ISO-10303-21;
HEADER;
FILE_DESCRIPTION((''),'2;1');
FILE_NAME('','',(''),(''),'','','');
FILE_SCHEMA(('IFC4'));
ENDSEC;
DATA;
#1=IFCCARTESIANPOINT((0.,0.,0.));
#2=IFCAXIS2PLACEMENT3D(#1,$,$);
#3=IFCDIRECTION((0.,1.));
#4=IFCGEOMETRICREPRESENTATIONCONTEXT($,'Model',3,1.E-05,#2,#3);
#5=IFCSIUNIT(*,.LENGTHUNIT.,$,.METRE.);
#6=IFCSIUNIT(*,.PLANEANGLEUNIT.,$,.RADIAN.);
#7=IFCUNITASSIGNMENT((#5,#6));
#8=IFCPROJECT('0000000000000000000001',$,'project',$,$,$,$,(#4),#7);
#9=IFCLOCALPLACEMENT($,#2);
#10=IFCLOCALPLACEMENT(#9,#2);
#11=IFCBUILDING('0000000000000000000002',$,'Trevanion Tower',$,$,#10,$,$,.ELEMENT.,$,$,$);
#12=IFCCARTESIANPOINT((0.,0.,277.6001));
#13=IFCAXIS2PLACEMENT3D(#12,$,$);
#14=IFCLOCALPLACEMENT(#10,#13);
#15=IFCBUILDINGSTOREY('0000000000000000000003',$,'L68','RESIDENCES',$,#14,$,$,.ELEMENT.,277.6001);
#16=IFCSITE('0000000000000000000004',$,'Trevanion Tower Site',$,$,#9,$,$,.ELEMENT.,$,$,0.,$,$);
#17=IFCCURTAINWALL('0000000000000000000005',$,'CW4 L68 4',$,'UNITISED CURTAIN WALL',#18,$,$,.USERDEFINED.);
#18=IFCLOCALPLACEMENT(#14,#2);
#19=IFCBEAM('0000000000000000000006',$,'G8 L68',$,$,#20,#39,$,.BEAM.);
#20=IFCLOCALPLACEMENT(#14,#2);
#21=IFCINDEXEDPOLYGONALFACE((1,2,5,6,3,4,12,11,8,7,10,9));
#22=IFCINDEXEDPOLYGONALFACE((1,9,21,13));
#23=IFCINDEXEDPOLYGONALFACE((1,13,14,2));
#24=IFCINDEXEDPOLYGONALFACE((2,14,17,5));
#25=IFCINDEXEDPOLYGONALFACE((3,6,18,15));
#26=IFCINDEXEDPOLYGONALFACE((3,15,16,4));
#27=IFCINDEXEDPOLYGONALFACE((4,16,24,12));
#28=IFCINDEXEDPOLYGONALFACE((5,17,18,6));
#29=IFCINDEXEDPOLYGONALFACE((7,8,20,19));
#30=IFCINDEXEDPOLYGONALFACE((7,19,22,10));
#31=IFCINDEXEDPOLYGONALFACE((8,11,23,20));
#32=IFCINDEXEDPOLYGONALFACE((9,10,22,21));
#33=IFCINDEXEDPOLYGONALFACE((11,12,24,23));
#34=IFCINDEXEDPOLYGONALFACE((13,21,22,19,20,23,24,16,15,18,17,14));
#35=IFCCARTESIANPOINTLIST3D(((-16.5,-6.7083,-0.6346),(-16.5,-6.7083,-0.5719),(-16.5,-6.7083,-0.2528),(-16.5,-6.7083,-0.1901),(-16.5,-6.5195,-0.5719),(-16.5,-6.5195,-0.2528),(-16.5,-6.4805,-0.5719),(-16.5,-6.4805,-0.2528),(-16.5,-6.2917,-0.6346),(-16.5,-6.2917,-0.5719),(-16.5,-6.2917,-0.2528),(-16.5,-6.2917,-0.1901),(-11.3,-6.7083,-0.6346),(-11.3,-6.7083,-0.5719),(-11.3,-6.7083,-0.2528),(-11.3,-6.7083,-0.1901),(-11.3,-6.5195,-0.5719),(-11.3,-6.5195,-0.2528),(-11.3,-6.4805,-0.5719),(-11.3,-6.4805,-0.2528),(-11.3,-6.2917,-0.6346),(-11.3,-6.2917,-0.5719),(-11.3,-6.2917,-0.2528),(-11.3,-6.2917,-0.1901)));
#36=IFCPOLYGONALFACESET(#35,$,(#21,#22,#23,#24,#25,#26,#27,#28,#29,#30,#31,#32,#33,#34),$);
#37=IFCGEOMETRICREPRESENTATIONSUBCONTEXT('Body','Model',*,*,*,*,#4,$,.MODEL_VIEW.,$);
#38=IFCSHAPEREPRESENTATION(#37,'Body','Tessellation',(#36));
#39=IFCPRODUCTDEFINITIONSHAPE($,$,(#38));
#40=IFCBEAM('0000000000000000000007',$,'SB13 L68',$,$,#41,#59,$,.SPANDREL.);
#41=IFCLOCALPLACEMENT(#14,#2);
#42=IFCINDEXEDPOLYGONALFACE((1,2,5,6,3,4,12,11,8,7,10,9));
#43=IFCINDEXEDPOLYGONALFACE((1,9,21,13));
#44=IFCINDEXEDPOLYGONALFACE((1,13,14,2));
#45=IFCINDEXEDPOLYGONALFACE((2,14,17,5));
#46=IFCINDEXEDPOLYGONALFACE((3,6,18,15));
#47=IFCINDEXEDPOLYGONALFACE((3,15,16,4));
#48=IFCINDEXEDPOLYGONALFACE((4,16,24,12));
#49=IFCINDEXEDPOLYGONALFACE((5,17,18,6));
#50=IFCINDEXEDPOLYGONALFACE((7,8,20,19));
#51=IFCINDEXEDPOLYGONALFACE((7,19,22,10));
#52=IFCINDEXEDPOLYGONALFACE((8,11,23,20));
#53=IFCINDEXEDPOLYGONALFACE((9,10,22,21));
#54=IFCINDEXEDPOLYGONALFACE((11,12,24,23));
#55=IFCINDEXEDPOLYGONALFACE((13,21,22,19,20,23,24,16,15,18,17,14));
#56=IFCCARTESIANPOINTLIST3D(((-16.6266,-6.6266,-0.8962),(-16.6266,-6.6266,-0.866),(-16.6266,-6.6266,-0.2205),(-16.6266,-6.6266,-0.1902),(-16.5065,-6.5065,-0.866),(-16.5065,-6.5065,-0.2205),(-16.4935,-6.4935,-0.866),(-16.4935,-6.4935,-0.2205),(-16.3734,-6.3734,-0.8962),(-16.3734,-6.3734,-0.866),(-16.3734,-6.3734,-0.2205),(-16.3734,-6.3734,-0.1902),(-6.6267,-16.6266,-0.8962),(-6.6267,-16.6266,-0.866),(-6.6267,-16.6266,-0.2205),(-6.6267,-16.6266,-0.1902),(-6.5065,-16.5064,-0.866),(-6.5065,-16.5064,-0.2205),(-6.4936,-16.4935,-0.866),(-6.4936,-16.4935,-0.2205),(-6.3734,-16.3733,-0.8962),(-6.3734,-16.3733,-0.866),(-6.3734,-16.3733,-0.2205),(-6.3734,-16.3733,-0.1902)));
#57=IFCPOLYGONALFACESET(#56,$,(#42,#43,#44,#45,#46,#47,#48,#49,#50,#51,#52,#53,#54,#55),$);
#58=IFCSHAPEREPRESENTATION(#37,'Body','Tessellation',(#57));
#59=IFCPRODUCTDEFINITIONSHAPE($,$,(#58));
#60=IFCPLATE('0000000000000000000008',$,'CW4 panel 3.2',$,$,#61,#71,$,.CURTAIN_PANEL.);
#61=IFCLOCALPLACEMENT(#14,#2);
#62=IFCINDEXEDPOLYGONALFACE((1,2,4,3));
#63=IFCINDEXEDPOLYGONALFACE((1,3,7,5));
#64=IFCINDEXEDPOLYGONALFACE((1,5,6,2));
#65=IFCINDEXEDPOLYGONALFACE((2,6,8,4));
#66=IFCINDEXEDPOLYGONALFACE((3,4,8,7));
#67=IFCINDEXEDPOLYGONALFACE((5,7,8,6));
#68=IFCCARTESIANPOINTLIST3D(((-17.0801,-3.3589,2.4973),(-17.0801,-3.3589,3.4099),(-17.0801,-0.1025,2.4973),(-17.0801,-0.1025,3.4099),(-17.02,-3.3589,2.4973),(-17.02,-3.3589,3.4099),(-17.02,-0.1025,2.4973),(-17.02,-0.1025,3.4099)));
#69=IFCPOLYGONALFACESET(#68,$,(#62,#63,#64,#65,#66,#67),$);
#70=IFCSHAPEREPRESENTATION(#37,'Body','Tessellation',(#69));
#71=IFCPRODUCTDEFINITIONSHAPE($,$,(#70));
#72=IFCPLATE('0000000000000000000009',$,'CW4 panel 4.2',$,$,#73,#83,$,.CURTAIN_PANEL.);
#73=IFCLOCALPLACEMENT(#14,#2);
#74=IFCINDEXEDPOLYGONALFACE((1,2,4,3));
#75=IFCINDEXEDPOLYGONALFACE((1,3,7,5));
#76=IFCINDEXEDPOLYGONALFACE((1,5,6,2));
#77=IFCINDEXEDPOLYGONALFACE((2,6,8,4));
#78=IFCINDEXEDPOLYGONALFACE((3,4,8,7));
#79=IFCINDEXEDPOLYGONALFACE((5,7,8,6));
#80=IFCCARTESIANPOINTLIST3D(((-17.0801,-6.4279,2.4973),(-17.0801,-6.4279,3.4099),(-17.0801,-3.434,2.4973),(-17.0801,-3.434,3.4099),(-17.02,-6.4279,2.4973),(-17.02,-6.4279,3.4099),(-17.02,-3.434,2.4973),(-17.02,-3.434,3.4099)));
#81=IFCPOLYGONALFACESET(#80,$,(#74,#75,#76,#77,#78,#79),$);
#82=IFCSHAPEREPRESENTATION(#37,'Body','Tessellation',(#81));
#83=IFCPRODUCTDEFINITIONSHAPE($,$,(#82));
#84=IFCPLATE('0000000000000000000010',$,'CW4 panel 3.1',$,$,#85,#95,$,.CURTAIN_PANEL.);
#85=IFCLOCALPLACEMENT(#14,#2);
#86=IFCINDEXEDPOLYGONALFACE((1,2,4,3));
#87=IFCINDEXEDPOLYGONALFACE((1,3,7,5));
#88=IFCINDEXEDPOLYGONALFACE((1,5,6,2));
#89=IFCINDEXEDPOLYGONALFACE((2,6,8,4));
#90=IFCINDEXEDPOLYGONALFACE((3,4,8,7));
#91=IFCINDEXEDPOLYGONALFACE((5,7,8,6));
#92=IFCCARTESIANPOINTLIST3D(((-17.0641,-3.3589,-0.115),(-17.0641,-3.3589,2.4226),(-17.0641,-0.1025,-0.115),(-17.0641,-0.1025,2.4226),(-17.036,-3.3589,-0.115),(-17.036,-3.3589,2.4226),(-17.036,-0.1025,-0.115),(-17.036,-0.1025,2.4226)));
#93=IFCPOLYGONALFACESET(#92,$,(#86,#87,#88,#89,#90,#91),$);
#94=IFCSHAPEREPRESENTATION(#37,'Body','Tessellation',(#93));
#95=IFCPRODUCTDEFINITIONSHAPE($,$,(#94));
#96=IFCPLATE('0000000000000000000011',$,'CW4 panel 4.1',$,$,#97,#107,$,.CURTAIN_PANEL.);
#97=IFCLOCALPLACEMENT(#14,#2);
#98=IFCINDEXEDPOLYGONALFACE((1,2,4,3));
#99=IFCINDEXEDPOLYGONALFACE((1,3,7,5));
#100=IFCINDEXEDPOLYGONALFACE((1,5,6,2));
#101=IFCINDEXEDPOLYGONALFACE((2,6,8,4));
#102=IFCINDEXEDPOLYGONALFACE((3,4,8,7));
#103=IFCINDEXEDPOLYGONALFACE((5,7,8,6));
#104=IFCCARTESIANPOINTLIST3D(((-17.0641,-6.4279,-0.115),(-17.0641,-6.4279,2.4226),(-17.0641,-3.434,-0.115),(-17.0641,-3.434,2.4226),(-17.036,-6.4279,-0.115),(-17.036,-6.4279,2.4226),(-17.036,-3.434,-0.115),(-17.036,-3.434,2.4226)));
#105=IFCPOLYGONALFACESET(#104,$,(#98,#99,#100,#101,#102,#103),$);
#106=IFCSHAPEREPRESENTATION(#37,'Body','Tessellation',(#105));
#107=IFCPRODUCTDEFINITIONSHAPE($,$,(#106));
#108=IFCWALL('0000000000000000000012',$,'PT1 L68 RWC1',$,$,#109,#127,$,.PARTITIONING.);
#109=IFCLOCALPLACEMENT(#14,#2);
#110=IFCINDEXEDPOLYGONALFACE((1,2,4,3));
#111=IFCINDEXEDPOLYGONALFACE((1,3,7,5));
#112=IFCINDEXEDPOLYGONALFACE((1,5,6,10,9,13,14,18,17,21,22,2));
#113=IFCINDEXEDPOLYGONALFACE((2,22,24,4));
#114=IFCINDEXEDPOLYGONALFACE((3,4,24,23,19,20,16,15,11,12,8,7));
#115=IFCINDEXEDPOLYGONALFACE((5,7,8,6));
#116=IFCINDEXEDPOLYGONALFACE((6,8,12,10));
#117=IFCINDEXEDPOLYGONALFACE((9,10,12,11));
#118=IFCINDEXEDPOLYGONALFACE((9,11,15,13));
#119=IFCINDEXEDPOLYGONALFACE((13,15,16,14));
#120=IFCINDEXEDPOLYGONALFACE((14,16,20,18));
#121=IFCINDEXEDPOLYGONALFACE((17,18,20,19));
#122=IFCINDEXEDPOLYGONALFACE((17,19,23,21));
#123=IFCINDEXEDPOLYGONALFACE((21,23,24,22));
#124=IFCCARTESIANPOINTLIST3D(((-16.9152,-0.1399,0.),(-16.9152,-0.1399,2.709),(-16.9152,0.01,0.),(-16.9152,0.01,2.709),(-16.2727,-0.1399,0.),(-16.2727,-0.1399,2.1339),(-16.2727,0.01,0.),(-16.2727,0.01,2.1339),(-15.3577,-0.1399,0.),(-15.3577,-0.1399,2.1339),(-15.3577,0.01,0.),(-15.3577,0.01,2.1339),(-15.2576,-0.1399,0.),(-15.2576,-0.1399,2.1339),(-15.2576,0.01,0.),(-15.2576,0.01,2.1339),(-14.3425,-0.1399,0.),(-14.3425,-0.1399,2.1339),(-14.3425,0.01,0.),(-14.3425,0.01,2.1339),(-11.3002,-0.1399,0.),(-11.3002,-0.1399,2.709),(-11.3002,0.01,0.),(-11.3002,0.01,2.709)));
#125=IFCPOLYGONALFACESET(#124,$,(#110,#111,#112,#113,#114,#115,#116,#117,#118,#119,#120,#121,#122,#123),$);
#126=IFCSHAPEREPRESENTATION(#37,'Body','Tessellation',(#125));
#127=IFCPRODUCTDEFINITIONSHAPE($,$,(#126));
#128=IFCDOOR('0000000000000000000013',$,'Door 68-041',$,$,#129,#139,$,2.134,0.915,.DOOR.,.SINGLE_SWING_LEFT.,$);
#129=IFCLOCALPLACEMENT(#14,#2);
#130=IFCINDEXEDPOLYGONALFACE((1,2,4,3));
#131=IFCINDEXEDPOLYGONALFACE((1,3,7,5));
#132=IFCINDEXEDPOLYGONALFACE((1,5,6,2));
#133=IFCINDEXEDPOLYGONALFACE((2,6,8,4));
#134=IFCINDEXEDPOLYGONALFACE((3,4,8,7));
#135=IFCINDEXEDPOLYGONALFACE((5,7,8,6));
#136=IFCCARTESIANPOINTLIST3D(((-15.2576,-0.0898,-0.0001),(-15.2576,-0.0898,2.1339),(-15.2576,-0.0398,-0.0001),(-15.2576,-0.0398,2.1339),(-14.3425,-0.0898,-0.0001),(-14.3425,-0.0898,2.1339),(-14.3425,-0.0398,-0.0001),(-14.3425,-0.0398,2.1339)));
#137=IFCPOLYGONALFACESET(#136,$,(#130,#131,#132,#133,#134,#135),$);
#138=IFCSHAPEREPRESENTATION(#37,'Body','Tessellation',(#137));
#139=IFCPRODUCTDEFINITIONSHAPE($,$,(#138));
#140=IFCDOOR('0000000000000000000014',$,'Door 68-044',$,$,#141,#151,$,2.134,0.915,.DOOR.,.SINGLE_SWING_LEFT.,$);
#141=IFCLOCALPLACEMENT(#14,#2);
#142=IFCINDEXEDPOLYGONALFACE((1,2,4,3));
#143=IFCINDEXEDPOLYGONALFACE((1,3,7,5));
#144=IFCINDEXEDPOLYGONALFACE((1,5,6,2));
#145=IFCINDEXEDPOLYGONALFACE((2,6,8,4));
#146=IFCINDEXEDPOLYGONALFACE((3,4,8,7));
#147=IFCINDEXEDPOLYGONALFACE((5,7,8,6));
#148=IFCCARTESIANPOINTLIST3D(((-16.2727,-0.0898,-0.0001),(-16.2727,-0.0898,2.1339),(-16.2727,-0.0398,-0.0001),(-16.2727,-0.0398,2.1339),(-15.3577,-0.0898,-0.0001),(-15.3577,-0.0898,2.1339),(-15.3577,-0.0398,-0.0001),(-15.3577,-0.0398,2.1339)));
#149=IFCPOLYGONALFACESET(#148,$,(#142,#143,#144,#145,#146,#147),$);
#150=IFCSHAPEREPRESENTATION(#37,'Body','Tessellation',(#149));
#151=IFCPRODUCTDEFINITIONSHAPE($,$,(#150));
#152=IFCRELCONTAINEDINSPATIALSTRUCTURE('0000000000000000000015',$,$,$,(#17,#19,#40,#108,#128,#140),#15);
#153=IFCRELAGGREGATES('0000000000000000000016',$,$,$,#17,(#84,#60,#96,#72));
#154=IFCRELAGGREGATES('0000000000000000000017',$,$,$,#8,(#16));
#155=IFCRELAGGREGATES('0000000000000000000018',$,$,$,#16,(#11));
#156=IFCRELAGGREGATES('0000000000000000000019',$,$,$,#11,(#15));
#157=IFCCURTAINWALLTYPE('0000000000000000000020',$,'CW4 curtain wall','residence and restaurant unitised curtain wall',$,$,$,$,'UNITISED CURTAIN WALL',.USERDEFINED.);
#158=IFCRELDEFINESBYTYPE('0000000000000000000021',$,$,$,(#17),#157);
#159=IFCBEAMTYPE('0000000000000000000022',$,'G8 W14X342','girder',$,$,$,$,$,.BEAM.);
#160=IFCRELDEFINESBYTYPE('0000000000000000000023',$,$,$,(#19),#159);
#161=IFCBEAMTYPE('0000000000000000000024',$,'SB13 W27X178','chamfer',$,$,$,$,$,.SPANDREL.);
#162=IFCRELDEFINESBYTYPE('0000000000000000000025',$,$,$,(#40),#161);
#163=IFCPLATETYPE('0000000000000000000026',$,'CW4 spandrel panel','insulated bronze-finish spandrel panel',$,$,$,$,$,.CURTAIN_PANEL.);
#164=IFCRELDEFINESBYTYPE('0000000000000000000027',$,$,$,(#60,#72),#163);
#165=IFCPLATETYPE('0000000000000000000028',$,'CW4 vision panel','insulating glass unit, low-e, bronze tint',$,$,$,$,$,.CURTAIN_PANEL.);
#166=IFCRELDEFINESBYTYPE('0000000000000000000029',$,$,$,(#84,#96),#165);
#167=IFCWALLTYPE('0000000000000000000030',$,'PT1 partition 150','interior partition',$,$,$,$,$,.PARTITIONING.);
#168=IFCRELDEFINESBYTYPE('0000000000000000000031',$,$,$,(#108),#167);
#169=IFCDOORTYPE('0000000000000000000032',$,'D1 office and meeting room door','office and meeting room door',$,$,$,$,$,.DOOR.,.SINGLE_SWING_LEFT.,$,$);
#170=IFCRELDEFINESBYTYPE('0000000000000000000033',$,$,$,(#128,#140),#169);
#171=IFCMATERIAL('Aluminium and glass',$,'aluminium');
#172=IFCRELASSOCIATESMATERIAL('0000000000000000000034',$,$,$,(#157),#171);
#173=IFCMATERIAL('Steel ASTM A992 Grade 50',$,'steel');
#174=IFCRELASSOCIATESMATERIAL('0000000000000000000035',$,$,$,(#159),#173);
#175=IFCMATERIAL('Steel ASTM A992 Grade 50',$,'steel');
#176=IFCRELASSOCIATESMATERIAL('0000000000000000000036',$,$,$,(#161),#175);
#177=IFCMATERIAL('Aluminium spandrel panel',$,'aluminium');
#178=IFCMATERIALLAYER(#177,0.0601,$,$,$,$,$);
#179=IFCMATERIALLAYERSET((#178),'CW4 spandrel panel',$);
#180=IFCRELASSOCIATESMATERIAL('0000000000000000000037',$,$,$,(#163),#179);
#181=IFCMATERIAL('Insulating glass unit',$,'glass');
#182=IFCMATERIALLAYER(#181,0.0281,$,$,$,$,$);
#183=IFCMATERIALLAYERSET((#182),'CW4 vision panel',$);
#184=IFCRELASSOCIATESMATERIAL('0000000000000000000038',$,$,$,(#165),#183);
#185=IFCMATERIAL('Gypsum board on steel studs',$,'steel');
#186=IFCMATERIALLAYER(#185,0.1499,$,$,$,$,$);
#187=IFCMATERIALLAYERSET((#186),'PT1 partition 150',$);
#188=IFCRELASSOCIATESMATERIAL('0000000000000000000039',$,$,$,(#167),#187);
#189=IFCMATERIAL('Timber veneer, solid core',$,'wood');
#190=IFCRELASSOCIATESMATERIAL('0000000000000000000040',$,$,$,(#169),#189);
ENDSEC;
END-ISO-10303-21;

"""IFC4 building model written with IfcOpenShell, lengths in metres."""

from ifc_helpers import new_model, si_unit, direction, frame, frame_2d, origin, origin_2d, place, context, subcontext, project, spatial, rectangle, i_section, extrude, material, layer, layer_set, material_profile, profile_set, type_object, element, fill, aggregate, save


model = new_model("IFC4")

# Units and contexts
model_context = context("Model", 3, precision=1e-05, world=origin(), true_north=direction((0.0, 1.0)))
body_context = subcontext(model_context, "Body", "Model", "MODEL_VIEW")
ifc_project = project(units=[si_unit("LENGTHUNIT", "METRE"), si_unit("PLANEANGLEUNIT", "RADIAN")], contexts=[model_context])

# Site, building, storey
site_placement = place(None, origin())
site = spatial("IfcSite", under=ifc_project, at=site_placement, Name="Trevanion Tower Site", CompositionType="ELEMENT", RefElevation=0.0)
building_placement = place(site_placement, origin())
building = spatial("IfcBuilding", under=site, at=building_placement, Name="Trevanion Tower", CompositionType="ELEMENT")
storey_placement = place(building_placement, frame((0.0, 0.0, 277.6001)))
storey = spatial("IfcBuildingStorey", under=building, at=storey_placement, Name="L68", Description="RESIDENCES", CompositionType="ELEMENT", Elevation=277.6001)

# Curtain wall
ifc_material_1 = material(Name="Aluminium and glass", Category="aluminium")
curtain_wall_type = type_object("IfcCurtainWallType", Name="CW4 curtain wall", Description="residence and restaurant unitised curtain wall", ElementType="UNITISED CURTAIN WALL", PredefinedType="USERDEFINED", material=ifc_material_1)
curtain_wall_1_placement = place(storey_placement, origin())
curtain_wall_1 = element("IfcCurtainWall", 1, at=curtain_wall_1_placement, inside=storey, type_object=curtain_wall_type, Name="CW4 L68 4", ObjectType="UNITISED CURTAIN WALL", PredefinedType="USERDEFINED")

# Beams
ifc_material_2 = material(Name="Steel ASTM A992 Grade 50", Category="steel")
ifc_material_profile_1 = material_profile(ifc_material_2, i_section(OverallWidth=0.4165, OverallDepth=0.4446, WebThickness=0.0391, FlangeThickness=0.0627, at=origin_2d()), Name="W14X342")
ifc_profile_set_1 = profile_set([ifc_material_profile_1], Name="Steel ASTM A992 Grade 50")
beam_type_1 = type_object("IfcBeamType", Name="G8 W14X342", Description="girder", PredefinedType="BEAM", material=ifc_profile_set_1)
beam_1_placement = place(storey_placement, frame((-11.3, -6.5, -0.4124), z_axis=(-1.0, 0.0, 0.0), x_axis=(0.0, -1.0, 0.0)))
element("IfcBeam", 2, at=beam_1_placement, inside=storey, type_object=beam_type_1, Name="G8 L68", PredefinedType="BEAM", context=body_context, shape_type="SweptSolid", body=[
    extrude(i_section(OverallWidth=0.4165, OverallDepth=0.4446, WebThickness=0.0391, FlangeThickness=0.0627, at=origin_2d()), origin(), (0.0, 0.0, 1.0), 5.2),
])
ifc_material_3 = material(Name="Steel ASTM A992 Grade 50", Category="steel")
ifc_material_profile_2 = material_profile(ifc_material_3, i_section(OverallWidth=0.3582, OverallDepth=0.7061, WebThickness=0.0183, FlangeThickness=0.0303, at=origin_2d()), Name="W27X178")
ifc_profile_set_2 = profile_set([ifc_material_profile_2], Name="Steel ASTM A992 Grade 50")
beam_type_2 = type_object("IfcBeamType", Name="SB13 W27X178", Description="chamfer", PredefinedType="SPANDREL", material=ifc_profile_set_2)
beam_2_placement = place(storey_placement, frame((-16.5, -6.5, -0.5432), z_axis=(0.707107, -0.707107, 0.0), x_axis=(0.707107, 0.707107, 0.0)))
element("IfcBeam", 3, at=beam_2_placement, inside=storey, type_object=beam_type_2, Name="SB13 L68", PredefinedType="SPANDREL", context=body_context, shape_type="SweptSolid", body=[
    extrude(i_section(OverallWidth=0.3582, OverallDepth=0.7061, WebThickness=0.0183, FlangeThickness=0.0303, at=origin_2d()), origin(), (0.0, 0.0, 1.0), 14.1421),
])

# Plates
ifc_material_4 = material(Name="Aluminium spandrel panel", Category="aluminium")
ifc_layer_1 = layer(ifc_material_4, 0.0601)
ifc_layer_set_1 = layer_set([ifc_layer_1], Name="CW4 spandrel panel")
plate_type_1 = type_object("IfcPlateType", Name="CW4 spandrel panel", Description="insulated bronze-finish spandrel panel", PredefinedType="CURTAIN_PANEL", material=ifc_layer_set_1)
plate_1_placement = place(storey_placement, frame((-17.05, -1.7307, 2.4973), z_axis=(0.0, 0.0, 1.0), x_axis=(0.0, -1.0, 0.0)))
plate_1 = element("IfcPlate", 4, at=plate_1_placement, type_object=plate_type_1, Name="CW4 panel 3.2", PredefinedType="CURTAIN_PANEL", context=body_context, shape_type="SweptSolid", body=[
    extrude(rectangle(XDim=3.2563, YDim=0.0601, at=origin_2d()), origin(), (0.0, 0.0, 1.0), 0.9126),
])
plate_2_placement = place(storey_placement, frame((-17.05, -4.9309, 2.4973), z_axis=(0.0, 0.0, 1.0), x_axis=(0.0, -1.0, 0.0)))
plate_2 = element("IfcPlate", 5, at=plate_2_placement, type_object=plate_type_1, Name="CW4 panel 4.2", PredefinedType="CURTAIN_PANEL", context=body_context, shape_type="SweptSolid", body=[
    extrude(rectangle(XDim=2.9939, YDim=0.0601, at=origin_2d()), origin(), (0.0, 0.0, 1.0), 0.9126),
])
ifc_material_5 = material(Name="Insulating glass unit", Category="glass")
ifc_layer_2 = layer(ifc_material_5, 0.0281)
ifc_layer_set_2 = layer_set([ifc_layer_2], Name="CW4 vision panel")
plate_type_2 = type_object("IfcPlateType", Name="CW4 vision panel", Description="insulating glass unit, low-e, bronze tint", PredefinedType="CURTAIN_PANEL", material=ifc_layer_set_2)
plate_3_placement = place(storey_placement, frame((-17.05, -1.7307, -0.115), z_axis=(0.0, 0.0, 1.0), x_axis=(0.0, -1.0, 0.0)))
plate_3 = element("IfcPlate", 6, at=plate_3_placement, type_object=plate_type_2, Name="CW4 panel 3.1", PredefinedType="CURTAIN_PANEL", context=body_context, shape_type="SweptSolid", body=[
    extrude(rectangle(XDim=3.2563, YDim=0.0281, at=origin_2d()), origin(), (0.0, 0.0, 1.0), 2.5376),
])
plate_4_placement = place(storey_placement, frame((-17.05, -4.9309, -0.115), z_axis=(0.0, 0.0, 1.0), x_axis=(0.0, -1.0, 0.0)))
plate_4 = element("IfcPlate", 7, at=plate_4_placement, type_object=plate_type_2, Name="CW4 panel 4.1", PredefinedType="CURTAIN_PANEL", context=body_context, shape_type="SweptSolid", body=[
    extrude(rectangle(XDim=2.9939, YDim=0.0281, at=origin_2d()), origin(), (0.0, 0.0, 1.0), 2.5376),
])
aggregate(curtain_wall_1, [plate_3, plate_1, plate_4, plate_2])

# Wall, openings, doors
ifc_material_6 = material(Name="Gypsum board on steel studs", Category="steel")
ifc_layer_3 = layer(ifc_material_6, 0.1499)
ifc_layer_set_3 = layer_set([ifc_layer_3], Name="PT1 partition 150")
wall_type_1 = type_object("IfcWallType", Name="PT1 partition 150", Description="interior partition", PredefinedType="PARTITIONING", material=ifc_layer_set_3)
wall_1_placement = place(storey_placement, frame((-11.3, -0.0649, 0.0), z_axis=(0.0, 0.0, 1.0), x_axis=(-1.0, 0.0, 0.0)))
wall_1 = element("IfcWall", 8, at=wall_1_placement, inside=storey, type_object=wall_type_1, Name="PT1 L68 RWC1", PredefinedType="PARTITIONING", context=body_context, shape_type="SweptSolid", body=[
    extrude(rectangle(XDim=5.615, YDim=0.1499, at=frame_2d((2.8076, 0.0))), origin(), (0.0, 0.0, 1.0), 2.709),
])
opening_1_placement = place(wall_1_placement, frame((3.0425, 0.0, 0.0)))
opening_1 = element("IfcOpeningElement", 9, at=opening_1_placement, cuts=wall_1, PredefinedType="OPENING", context=body_context, shape_type="SweptSolid", body=[
    extrude(rectangle(XDim=0.915, YDim=2.134, at=frame_2d((0.4575, 1.0669))), frame((0.0, 0.085, 0.0), z_axis=(0.0, -1.0, 0.0), x_axis=(1.0, 0.0, 0.0)), (0.0, 0.0, 1.0), 0.1699),
])
opening_2_placement = place(wall_1_placement, frame((4.0576, 0.0, 0.0)))
opening_2 = element("IfcOpeningElement", 10, at=opening_2_placement, cuts=wall_1, PredefinedType="OPENING", context=body_context, shape_type="SweptSolid", body=[
    extrude(rectangle(XDim=0.915, YDim=2.134, at=frame_2d((0.4575, 1.0669))), frame((0.0, 0.085, 0.0), z_axis=(0.0, -1.0, 0.0), x_axis=(1.0, 0.0, 0.0)), (0.0, 0.0, 1.0), 0.1699),
])
ifc_material_7 = material(Name="Timber veneer, solid core", Category="wood")
door_type_1 = type_object("IfcDoorType", Name="D1 office and meeting room door", Description="office and meeting room door", OperationType="SINGLE_SWING_LEFT", PredefinedType="DOOR", material=ifc_material_7)
door_1_placement = place(opening_1_placement, origin())
door_1 = element("IfcDoor", 11, at=door_1_placement, inside=storey, type_object=door_type_1, Name="Door 68-041", OperationType="SINGLE_SWING_LEFT", OverallHeight=2.134, OverallWidth=0.915, PredefinedType="DOOR", context=body_context, shape_type="SweptSolid", body=[
    extrude(rectangle(XDim=0.915, YDim=2.134, at=frame_2d((0.4575, 1.0669))), frame((0.0, 0.0249, 0.0), z_axis=(0.0, -1.0, 0.0), x_axis=(1.0, 0.0, 0.0)), (0.0, 0.0, 1.0), 0.05),
])
fill(opening_1, door_1)
door_2_placement = place(opening_2_placement, origin())
door_2 = element("IfcDoor", 12, at=door_2_placement, inside=storey, type_object=door_type_1, Name="Door 68-044", OperationType="SINGLE_SWING_LEFT", OverallHeight=2.134, OverallWidth=0.915, PredefinedType="DOOR", context=body_context, shape_type="SweptSolid", body=[
    extrude(rectangle(XDim=0.915, YDim=2.134, at=frame_2d((0.4575, 1.0669))), frame((0.0, 0.0249, 0.0), z_axis=(0.0, -1.0, 0.0), x_axis=(1.0, 0.0, 0.0)), (0.0, 0.0, 1.0), 0.05),
])
fill(opening_2, door_2)

save(model, "model.ifc")
